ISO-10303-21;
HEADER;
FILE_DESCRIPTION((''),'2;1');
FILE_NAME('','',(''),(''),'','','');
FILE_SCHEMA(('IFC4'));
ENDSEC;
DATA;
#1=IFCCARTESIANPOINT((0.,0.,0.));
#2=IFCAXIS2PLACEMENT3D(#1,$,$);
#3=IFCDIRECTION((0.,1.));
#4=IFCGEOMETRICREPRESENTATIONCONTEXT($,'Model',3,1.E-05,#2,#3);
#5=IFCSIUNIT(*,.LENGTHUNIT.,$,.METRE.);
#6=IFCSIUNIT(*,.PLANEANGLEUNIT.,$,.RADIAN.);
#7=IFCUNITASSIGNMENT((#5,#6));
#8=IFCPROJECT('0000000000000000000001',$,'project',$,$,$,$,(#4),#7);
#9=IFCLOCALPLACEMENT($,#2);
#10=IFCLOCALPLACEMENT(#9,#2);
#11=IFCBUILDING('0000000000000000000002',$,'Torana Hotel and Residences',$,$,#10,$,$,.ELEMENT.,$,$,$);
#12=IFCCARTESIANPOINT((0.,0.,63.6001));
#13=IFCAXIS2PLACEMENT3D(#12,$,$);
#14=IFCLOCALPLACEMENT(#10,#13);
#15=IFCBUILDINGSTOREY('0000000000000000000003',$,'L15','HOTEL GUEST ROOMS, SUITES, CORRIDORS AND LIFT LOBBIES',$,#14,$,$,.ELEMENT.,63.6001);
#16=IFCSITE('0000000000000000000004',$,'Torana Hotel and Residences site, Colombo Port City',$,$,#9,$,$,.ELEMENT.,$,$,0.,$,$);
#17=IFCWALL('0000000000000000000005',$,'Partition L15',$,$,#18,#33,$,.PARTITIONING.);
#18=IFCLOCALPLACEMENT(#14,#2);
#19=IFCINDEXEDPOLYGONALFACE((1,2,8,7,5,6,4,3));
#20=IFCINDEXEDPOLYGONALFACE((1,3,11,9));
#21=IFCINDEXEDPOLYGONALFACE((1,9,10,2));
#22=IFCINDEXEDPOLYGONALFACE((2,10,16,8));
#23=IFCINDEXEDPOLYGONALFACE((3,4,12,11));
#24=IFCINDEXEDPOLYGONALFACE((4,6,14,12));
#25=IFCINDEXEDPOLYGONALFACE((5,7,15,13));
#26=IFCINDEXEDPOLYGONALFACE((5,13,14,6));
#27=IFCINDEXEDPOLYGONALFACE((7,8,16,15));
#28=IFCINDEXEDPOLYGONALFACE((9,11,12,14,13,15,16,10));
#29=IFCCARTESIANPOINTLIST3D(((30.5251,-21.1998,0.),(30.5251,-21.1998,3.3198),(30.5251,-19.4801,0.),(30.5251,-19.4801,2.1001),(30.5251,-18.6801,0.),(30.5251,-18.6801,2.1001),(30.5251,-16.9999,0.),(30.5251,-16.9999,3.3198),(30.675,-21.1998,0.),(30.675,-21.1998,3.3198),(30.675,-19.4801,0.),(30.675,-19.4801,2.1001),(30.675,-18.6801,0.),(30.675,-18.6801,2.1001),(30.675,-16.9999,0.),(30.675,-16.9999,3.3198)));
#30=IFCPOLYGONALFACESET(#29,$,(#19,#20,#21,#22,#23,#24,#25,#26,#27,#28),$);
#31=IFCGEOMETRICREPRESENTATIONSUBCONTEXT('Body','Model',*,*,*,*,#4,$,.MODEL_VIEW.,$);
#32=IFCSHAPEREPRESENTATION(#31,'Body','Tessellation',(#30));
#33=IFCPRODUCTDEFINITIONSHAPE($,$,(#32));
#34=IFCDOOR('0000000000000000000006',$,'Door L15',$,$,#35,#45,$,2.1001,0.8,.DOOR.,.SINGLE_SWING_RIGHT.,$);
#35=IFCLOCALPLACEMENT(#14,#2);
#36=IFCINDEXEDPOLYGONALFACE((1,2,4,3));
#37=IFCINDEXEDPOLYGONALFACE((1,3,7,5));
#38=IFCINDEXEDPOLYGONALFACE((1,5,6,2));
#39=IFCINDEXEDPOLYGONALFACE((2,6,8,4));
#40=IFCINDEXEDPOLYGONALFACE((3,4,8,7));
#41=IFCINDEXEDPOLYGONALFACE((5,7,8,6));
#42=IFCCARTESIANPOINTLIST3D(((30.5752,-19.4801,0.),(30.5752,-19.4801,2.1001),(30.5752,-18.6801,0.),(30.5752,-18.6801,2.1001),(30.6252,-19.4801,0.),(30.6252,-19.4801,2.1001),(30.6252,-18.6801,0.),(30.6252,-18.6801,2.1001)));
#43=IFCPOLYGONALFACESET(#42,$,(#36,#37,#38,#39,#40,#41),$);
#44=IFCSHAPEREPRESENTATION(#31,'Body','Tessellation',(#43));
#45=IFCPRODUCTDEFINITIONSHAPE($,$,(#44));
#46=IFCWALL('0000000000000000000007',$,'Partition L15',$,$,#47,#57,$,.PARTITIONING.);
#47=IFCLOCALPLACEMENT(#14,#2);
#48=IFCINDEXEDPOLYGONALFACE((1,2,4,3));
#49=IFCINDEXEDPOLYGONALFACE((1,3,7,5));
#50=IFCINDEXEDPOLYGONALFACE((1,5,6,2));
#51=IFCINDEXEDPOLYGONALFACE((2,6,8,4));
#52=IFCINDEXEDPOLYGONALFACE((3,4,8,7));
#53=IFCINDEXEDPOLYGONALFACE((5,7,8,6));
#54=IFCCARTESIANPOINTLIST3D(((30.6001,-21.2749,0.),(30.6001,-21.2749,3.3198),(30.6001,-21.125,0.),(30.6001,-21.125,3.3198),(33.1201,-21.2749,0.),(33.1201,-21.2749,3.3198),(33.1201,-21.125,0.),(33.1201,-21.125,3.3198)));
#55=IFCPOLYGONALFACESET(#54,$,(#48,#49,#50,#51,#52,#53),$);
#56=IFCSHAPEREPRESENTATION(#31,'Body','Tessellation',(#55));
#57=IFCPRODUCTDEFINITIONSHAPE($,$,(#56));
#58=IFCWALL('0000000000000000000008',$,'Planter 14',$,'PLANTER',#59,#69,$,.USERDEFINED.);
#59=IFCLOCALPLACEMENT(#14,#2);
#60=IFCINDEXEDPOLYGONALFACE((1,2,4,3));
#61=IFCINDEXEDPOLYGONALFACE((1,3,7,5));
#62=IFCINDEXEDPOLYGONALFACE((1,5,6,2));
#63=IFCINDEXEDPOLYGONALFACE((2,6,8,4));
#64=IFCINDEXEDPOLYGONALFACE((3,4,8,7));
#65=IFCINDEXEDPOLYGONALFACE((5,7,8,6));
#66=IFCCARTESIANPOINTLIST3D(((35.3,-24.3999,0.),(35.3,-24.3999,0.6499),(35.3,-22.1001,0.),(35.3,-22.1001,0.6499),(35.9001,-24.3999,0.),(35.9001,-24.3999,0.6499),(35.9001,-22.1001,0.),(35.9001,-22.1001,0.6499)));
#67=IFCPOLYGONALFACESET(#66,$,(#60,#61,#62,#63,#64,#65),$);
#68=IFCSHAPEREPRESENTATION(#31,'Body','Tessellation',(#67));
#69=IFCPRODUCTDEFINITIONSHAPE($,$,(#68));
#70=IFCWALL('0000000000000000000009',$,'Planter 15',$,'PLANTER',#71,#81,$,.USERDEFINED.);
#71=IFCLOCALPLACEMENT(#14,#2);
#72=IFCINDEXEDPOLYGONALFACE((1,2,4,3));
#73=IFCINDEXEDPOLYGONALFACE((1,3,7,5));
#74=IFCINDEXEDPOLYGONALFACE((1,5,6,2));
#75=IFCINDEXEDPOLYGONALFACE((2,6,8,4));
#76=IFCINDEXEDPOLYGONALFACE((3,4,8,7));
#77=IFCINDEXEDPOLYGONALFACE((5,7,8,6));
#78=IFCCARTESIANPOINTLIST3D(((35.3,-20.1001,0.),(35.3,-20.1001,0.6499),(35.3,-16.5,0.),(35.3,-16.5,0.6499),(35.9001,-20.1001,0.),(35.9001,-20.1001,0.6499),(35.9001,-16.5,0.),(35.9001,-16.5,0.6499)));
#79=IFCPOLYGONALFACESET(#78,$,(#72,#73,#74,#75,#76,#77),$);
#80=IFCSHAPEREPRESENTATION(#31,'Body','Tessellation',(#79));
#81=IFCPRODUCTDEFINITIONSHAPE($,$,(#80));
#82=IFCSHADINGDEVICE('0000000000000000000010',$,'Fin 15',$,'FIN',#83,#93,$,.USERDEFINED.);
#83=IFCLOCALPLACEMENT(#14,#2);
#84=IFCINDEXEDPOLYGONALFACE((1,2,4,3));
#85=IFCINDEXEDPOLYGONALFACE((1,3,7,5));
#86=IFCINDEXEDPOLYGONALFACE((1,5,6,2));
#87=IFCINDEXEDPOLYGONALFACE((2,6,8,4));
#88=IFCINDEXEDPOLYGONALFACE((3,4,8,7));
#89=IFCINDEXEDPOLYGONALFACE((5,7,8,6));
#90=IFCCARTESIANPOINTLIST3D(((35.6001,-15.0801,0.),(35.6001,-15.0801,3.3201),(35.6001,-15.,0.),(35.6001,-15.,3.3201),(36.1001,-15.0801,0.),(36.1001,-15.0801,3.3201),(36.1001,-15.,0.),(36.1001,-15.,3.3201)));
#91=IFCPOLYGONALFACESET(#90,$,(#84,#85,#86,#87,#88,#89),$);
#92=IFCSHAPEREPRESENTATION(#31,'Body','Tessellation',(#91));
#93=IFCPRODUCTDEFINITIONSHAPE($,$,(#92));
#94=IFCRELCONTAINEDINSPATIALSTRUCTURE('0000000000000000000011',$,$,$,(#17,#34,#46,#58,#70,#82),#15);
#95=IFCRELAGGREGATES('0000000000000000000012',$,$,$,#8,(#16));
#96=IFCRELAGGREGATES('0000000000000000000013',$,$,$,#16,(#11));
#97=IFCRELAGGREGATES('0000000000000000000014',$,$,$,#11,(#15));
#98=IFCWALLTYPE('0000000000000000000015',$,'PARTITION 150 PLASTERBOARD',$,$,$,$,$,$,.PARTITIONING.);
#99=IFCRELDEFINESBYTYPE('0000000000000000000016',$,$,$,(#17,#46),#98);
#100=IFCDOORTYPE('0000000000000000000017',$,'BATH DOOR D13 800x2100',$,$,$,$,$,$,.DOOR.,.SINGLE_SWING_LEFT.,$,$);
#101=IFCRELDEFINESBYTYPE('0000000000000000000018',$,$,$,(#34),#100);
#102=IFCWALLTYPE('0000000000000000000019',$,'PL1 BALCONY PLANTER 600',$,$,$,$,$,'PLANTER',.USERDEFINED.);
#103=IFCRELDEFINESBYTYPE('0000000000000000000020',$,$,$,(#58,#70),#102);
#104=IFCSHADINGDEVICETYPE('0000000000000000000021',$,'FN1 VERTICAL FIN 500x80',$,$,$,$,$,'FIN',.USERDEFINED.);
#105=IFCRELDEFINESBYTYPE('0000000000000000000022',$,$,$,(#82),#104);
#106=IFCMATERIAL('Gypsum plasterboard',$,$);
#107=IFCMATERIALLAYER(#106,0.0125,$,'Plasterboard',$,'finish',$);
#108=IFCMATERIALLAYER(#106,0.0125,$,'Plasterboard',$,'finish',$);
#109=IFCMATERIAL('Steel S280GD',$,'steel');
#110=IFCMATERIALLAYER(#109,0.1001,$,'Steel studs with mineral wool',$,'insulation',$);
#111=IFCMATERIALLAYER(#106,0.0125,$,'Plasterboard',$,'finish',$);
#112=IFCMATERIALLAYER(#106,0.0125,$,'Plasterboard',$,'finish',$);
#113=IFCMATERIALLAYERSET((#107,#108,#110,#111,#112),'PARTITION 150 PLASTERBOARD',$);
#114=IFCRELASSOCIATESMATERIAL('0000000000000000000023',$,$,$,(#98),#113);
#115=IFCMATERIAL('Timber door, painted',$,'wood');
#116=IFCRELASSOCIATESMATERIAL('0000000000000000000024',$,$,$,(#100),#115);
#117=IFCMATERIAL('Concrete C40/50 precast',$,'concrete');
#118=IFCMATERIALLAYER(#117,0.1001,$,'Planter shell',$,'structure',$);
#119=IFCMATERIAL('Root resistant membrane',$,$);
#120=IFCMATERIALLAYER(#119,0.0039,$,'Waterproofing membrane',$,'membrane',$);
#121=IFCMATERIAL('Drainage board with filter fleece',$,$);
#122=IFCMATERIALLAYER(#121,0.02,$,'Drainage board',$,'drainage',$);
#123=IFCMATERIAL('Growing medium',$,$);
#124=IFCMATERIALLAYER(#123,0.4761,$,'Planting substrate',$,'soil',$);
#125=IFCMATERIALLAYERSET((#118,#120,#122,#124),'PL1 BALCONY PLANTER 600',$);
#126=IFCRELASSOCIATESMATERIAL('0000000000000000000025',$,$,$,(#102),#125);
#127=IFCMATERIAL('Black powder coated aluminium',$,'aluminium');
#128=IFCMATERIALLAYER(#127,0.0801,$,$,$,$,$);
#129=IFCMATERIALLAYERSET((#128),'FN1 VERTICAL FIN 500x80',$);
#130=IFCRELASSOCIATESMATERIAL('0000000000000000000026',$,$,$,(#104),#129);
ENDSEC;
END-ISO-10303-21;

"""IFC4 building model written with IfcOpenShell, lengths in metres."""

from ifc_helpers import new_model, si_unit, direction, frame, frame_2d, origin, origin_2d, place, context, subcontext, project, spatial, rectangle, extrude, material, layer, layer_set, type_object, element, fill, save


model = new_model("IFC4")

# Units and contexts
model_context = context("Model", 3, precision=1e-05, world=origin(), true_north=direction((0.0, 1.0)))
body_context = subcontext(model_context, "Body", "Model", "MODEL_VIEW")
ifc_project = project(units=[si_unit("LENGTHUNIT", "METRE"), si_unit("PLANEANGLEUNIT", "RADIAN")], contexts=[model_context])

# Site, building, storey
site_placement = place(None, origin())
site = spatial("IfcSite", under=ifc_project, at=site_placement, Name="Torana Hotel and Residences site, Colombo Port City", CompositionType="ELEMENT", RefElevation=0.0)
building_placement = place(site_placement, origin())
building = spatial("IfcBuilding", under=site, at=building_placement, Name="Torana Hotel and Residences", CompositionType="ELEMENT")
storey_placement = place(building_placement, frame((0.0, 0.0, 63.6001)))
storey = spatial("IfcBuildingStorey", under=building, at=storey_placement, Name="L15", Description="HOTEL GUEST ROOMS, SUITES, CORRIDORS AND LIFT LOBBIES", CompositionType="ELEMENT", Elevation=63.6001)

# Shared definitions
ifc_material_1 = material(Name="Steel S280GD", Category="steel")

# Wall, opening, door
ifc_material_2 = material(Name="Gypsum plasterboard")
ifc_layer_1 = layer(ifc_material_2, 0.0125, Name="Plasterboard", Category="finish")
ifc_layer_2 = layer(ifc_material_2, 0.0125, Name="Plasterboard", Category="finish")
ifc_layer_3 = layer(ifc_material_1, 0.1001, Name="Steel studs with mineral wool", Category="insulation")
ifc_layer_4 = layer(ifc_material_2, 0.0125, Name="Plasterboard", Category="finish")
ifc_layer_5 = layer(ifc_material_2, 0.0125, Name="Plasterboard", Category="finish")
ifc_layer_set_1 = layer_set([ifc_layer_1, ifc_layer_2, ifc_layer_3, ifc_layer_4, ifc_layer_5], Name="PARTITION 150 PLASTERBOARD")
wall_type_1 = type_object("IfcWallType", Name="PARTITION 150 PLASTERBOARD", PredefinedType="PARTITIONING", material=ifc_layer_set_1)
wall_1_placement = place(storey_placement, frame((30.6001, -21.2, 0.0), z_axis=(0.0, 0.0, 1.0), x_axis=(0.0, 1.0, 0.0)))
wall_1 = element("IfcWall", 1, at=wall_1_placement, inside=storey, type_object=wall_type_1, Name="Partition L15", PredefinedType="PARTITIONING", context=body_context, shape_type="SweptSolid", body=[
    extrude(rectangle(XDim=4.2, YDim=0.1499, at=frame_2d((2.1001, 0.0))), origin(), (0.0, 0.0, 1.0), 3.3198),
])
opening_1_placement = place(wall_1_placement, frame((1.72, 0.0, 0.0)))
opening_1 = element("IfcOpeningElement", 2, at=opening_1_placement, cuts=wall_1, PredefinedType="OPENING", context=body_context, shape_type="SweptSolid", body=[
    extrude(rectangle(XDim=0.8, YDim=2.1001, at=frame_2d((0.3999, 1.05))), frame((0.0, 0.085, 0.0), z_axis=(0.0, -1.0, 0.0), x_axis=(1.0, 0.0, 0.0)), (0.0, 0.0, 1.0), 0.1699),
])
ifc_material_3 = material(Name="Timber door, painted", Category="wood")
door_type_1 = type_object("IfcDoorType", Name="BATH DOOR D13 800x2100", OperationType="SINGLE_SWING_LEFT", PredefinedType="DOOR", material=ifc_material_3)
door_1_placement = place(opening_1_placement, origin())
door_1 = element("IfcDoor", 3, at=door_1_placement, inside=storey, type_object=door_type_1, Name="Door L15", OperationType="SINGLE_SWING_RIGHT", OverallHeight=2.1001, OverallWidth=0.8, PredefinedType="DOOR", context=body_context, shape_type="SweptSolid", body=[
    extrude(rectangle(XDim=0.8, YDim=2.1001, at=frame_2d((0.3999, 1.05))), frame((0.0, 0.0249, 0.0), z_axis=(0.0, -1.0, 0.0), x_axis=(1.0, 0.0, 0.0)), (0.0, 0.0, 1.0), 0.05),
])
fill(opening_1, door_1)

# Walls
wall_2_placement = place(storey_placement, frame((30.6001, -21.2, 0.0), z_axis=(0.0, 0.0, 1.0), x_axis=(1.0, 0.0, 0.0)))
element("IfcWall", 4, at=wall_2_placement, inside=storey, type_object=wall_type_1, Name="Partition L15", PredefinedType="PARTITIONING", context=body_context, shape_type="SweptSolid", body=[
    extrude(rectangle(XDim=2.52, YDim=0.1499, at=frame_2d((1.26, 0.0))), origin(), (0.0, 0.0, 1.0), 3.3198),
])
ifc_material_4 = material(Name="Concrete C40/50 precast", Category="concrete")
ifc_layer_6 = layer(ifc_material_4, 0.1001, Name="Planter shell", Category="structure")
ifc_material_5 = material(Name="Root resistant membrane")
ifc_layer_7 = layer(ifc_material_5, 0.0039, Name="Waterproofing membrane", Category="membrane")
ifc_material_6 = material(Name="Drainage board with filter fleece")
ifc_layer_8 = layer(ifc_material_6, 0.02, Name="Drainage board", Category="drainage")
ifc_material_7 = material(Name="Growing medium")
ifc_layer_9 = layer(ifc_material_7, 0.4761, Name="Planting substrate", Category="soil")
ifc_layer_set_2 = layer_set([ifc_layer_6, ifc_layer_7, ifc_layer_8, ifc_layer_9], Name="PL1 BALCONY PLANTER 600")
wall_type_2 = type_object("IfcWallType", Name="PL1 BALCONY PLANTER 600", ElementType="PLANTER", PredefinedType="USERDEFINED", material=ifc_layer_set_2)
wall_3_placement = place(storey_placement, frame((35.6001, -22.1001, 0.0), z_axis=(0.0, 0.0, 1.0), x_axis=(0.0, -1.0, 0.0)))
element("IfcWall", 5, at=wall_3_placement, inside=storey, type_object=wall_type_2, Name="Planter 14", ObjectType="PLANTER", PredefinedType="USERDEFINED", context=body_context, shape_type="SweptSolid", body=[
    extrude(rectangle(XDim=2.2998, YDim=0.6001, at=frame_2d((1.1499, 0.0))), origin(), (0.0, 0.0, 1.0), 0.6499),
])
wall_4_placement = place(storey_placement, frame((35.6001, -16.5, 0.0), z_axis=(0.0, 0.0, 1.0), x_axis=(0.0, -1.0, 0.0)))
element("IfcWall", 6, at=wall_4_placement, inside=storey, type_object=wall_type_2, Name="Planter 15", ObjectType="PLANTER", PredefinedType="USERDEFINED", context=body_context, shape_type="SweptSolid", body=[
    extrude(rectangle(XDim=3.6001, YDim=0.6001, at=frame_2d((1.8, 0.0))), origin(), (0.0, 0.0, 1.0), 0.6499),
])

# Shading device
ifc_material_8 = material(Name="Black powder coated aluminium", Category="aluminium")
ifc_layer_10 = layer(ifc_material_8, 0.0801)
ifc_layer_set_3 = layer_set([ifc_layer_10], Name="FN1 VERTICAL FIN 500x80")
shading_device_type = type_object("IfcShadingDeviceType", Name="FN1 VERTICAL FIN 500x80", ElementType="FIN", PredefinedType="USERDEFINED", material=ifc_layer_set_3)
shading_device_placement = place(storey_placement, frame((35.8501, -15.04, 0.0), z_axis=(0.0, 0.0, 1.0), x_axis=(0.0, -1.0, 0.0)))
element("IfcShadingDevice", 7, at=shading_device_placement, inside=storey, type_object=shading_device_type, Name="Fin 15", ObjectType="FIN", PredefinedType="USERDEFINED", context=body_context, shape_type="SweptSolid", body=[
    extrude(rectangle(XDim=0.0801, YDim=0.5, at=origin_2d()), origin(), (0.0, 0.0, 1.0), 3.3201),
])

save(model, "model.ifc")
